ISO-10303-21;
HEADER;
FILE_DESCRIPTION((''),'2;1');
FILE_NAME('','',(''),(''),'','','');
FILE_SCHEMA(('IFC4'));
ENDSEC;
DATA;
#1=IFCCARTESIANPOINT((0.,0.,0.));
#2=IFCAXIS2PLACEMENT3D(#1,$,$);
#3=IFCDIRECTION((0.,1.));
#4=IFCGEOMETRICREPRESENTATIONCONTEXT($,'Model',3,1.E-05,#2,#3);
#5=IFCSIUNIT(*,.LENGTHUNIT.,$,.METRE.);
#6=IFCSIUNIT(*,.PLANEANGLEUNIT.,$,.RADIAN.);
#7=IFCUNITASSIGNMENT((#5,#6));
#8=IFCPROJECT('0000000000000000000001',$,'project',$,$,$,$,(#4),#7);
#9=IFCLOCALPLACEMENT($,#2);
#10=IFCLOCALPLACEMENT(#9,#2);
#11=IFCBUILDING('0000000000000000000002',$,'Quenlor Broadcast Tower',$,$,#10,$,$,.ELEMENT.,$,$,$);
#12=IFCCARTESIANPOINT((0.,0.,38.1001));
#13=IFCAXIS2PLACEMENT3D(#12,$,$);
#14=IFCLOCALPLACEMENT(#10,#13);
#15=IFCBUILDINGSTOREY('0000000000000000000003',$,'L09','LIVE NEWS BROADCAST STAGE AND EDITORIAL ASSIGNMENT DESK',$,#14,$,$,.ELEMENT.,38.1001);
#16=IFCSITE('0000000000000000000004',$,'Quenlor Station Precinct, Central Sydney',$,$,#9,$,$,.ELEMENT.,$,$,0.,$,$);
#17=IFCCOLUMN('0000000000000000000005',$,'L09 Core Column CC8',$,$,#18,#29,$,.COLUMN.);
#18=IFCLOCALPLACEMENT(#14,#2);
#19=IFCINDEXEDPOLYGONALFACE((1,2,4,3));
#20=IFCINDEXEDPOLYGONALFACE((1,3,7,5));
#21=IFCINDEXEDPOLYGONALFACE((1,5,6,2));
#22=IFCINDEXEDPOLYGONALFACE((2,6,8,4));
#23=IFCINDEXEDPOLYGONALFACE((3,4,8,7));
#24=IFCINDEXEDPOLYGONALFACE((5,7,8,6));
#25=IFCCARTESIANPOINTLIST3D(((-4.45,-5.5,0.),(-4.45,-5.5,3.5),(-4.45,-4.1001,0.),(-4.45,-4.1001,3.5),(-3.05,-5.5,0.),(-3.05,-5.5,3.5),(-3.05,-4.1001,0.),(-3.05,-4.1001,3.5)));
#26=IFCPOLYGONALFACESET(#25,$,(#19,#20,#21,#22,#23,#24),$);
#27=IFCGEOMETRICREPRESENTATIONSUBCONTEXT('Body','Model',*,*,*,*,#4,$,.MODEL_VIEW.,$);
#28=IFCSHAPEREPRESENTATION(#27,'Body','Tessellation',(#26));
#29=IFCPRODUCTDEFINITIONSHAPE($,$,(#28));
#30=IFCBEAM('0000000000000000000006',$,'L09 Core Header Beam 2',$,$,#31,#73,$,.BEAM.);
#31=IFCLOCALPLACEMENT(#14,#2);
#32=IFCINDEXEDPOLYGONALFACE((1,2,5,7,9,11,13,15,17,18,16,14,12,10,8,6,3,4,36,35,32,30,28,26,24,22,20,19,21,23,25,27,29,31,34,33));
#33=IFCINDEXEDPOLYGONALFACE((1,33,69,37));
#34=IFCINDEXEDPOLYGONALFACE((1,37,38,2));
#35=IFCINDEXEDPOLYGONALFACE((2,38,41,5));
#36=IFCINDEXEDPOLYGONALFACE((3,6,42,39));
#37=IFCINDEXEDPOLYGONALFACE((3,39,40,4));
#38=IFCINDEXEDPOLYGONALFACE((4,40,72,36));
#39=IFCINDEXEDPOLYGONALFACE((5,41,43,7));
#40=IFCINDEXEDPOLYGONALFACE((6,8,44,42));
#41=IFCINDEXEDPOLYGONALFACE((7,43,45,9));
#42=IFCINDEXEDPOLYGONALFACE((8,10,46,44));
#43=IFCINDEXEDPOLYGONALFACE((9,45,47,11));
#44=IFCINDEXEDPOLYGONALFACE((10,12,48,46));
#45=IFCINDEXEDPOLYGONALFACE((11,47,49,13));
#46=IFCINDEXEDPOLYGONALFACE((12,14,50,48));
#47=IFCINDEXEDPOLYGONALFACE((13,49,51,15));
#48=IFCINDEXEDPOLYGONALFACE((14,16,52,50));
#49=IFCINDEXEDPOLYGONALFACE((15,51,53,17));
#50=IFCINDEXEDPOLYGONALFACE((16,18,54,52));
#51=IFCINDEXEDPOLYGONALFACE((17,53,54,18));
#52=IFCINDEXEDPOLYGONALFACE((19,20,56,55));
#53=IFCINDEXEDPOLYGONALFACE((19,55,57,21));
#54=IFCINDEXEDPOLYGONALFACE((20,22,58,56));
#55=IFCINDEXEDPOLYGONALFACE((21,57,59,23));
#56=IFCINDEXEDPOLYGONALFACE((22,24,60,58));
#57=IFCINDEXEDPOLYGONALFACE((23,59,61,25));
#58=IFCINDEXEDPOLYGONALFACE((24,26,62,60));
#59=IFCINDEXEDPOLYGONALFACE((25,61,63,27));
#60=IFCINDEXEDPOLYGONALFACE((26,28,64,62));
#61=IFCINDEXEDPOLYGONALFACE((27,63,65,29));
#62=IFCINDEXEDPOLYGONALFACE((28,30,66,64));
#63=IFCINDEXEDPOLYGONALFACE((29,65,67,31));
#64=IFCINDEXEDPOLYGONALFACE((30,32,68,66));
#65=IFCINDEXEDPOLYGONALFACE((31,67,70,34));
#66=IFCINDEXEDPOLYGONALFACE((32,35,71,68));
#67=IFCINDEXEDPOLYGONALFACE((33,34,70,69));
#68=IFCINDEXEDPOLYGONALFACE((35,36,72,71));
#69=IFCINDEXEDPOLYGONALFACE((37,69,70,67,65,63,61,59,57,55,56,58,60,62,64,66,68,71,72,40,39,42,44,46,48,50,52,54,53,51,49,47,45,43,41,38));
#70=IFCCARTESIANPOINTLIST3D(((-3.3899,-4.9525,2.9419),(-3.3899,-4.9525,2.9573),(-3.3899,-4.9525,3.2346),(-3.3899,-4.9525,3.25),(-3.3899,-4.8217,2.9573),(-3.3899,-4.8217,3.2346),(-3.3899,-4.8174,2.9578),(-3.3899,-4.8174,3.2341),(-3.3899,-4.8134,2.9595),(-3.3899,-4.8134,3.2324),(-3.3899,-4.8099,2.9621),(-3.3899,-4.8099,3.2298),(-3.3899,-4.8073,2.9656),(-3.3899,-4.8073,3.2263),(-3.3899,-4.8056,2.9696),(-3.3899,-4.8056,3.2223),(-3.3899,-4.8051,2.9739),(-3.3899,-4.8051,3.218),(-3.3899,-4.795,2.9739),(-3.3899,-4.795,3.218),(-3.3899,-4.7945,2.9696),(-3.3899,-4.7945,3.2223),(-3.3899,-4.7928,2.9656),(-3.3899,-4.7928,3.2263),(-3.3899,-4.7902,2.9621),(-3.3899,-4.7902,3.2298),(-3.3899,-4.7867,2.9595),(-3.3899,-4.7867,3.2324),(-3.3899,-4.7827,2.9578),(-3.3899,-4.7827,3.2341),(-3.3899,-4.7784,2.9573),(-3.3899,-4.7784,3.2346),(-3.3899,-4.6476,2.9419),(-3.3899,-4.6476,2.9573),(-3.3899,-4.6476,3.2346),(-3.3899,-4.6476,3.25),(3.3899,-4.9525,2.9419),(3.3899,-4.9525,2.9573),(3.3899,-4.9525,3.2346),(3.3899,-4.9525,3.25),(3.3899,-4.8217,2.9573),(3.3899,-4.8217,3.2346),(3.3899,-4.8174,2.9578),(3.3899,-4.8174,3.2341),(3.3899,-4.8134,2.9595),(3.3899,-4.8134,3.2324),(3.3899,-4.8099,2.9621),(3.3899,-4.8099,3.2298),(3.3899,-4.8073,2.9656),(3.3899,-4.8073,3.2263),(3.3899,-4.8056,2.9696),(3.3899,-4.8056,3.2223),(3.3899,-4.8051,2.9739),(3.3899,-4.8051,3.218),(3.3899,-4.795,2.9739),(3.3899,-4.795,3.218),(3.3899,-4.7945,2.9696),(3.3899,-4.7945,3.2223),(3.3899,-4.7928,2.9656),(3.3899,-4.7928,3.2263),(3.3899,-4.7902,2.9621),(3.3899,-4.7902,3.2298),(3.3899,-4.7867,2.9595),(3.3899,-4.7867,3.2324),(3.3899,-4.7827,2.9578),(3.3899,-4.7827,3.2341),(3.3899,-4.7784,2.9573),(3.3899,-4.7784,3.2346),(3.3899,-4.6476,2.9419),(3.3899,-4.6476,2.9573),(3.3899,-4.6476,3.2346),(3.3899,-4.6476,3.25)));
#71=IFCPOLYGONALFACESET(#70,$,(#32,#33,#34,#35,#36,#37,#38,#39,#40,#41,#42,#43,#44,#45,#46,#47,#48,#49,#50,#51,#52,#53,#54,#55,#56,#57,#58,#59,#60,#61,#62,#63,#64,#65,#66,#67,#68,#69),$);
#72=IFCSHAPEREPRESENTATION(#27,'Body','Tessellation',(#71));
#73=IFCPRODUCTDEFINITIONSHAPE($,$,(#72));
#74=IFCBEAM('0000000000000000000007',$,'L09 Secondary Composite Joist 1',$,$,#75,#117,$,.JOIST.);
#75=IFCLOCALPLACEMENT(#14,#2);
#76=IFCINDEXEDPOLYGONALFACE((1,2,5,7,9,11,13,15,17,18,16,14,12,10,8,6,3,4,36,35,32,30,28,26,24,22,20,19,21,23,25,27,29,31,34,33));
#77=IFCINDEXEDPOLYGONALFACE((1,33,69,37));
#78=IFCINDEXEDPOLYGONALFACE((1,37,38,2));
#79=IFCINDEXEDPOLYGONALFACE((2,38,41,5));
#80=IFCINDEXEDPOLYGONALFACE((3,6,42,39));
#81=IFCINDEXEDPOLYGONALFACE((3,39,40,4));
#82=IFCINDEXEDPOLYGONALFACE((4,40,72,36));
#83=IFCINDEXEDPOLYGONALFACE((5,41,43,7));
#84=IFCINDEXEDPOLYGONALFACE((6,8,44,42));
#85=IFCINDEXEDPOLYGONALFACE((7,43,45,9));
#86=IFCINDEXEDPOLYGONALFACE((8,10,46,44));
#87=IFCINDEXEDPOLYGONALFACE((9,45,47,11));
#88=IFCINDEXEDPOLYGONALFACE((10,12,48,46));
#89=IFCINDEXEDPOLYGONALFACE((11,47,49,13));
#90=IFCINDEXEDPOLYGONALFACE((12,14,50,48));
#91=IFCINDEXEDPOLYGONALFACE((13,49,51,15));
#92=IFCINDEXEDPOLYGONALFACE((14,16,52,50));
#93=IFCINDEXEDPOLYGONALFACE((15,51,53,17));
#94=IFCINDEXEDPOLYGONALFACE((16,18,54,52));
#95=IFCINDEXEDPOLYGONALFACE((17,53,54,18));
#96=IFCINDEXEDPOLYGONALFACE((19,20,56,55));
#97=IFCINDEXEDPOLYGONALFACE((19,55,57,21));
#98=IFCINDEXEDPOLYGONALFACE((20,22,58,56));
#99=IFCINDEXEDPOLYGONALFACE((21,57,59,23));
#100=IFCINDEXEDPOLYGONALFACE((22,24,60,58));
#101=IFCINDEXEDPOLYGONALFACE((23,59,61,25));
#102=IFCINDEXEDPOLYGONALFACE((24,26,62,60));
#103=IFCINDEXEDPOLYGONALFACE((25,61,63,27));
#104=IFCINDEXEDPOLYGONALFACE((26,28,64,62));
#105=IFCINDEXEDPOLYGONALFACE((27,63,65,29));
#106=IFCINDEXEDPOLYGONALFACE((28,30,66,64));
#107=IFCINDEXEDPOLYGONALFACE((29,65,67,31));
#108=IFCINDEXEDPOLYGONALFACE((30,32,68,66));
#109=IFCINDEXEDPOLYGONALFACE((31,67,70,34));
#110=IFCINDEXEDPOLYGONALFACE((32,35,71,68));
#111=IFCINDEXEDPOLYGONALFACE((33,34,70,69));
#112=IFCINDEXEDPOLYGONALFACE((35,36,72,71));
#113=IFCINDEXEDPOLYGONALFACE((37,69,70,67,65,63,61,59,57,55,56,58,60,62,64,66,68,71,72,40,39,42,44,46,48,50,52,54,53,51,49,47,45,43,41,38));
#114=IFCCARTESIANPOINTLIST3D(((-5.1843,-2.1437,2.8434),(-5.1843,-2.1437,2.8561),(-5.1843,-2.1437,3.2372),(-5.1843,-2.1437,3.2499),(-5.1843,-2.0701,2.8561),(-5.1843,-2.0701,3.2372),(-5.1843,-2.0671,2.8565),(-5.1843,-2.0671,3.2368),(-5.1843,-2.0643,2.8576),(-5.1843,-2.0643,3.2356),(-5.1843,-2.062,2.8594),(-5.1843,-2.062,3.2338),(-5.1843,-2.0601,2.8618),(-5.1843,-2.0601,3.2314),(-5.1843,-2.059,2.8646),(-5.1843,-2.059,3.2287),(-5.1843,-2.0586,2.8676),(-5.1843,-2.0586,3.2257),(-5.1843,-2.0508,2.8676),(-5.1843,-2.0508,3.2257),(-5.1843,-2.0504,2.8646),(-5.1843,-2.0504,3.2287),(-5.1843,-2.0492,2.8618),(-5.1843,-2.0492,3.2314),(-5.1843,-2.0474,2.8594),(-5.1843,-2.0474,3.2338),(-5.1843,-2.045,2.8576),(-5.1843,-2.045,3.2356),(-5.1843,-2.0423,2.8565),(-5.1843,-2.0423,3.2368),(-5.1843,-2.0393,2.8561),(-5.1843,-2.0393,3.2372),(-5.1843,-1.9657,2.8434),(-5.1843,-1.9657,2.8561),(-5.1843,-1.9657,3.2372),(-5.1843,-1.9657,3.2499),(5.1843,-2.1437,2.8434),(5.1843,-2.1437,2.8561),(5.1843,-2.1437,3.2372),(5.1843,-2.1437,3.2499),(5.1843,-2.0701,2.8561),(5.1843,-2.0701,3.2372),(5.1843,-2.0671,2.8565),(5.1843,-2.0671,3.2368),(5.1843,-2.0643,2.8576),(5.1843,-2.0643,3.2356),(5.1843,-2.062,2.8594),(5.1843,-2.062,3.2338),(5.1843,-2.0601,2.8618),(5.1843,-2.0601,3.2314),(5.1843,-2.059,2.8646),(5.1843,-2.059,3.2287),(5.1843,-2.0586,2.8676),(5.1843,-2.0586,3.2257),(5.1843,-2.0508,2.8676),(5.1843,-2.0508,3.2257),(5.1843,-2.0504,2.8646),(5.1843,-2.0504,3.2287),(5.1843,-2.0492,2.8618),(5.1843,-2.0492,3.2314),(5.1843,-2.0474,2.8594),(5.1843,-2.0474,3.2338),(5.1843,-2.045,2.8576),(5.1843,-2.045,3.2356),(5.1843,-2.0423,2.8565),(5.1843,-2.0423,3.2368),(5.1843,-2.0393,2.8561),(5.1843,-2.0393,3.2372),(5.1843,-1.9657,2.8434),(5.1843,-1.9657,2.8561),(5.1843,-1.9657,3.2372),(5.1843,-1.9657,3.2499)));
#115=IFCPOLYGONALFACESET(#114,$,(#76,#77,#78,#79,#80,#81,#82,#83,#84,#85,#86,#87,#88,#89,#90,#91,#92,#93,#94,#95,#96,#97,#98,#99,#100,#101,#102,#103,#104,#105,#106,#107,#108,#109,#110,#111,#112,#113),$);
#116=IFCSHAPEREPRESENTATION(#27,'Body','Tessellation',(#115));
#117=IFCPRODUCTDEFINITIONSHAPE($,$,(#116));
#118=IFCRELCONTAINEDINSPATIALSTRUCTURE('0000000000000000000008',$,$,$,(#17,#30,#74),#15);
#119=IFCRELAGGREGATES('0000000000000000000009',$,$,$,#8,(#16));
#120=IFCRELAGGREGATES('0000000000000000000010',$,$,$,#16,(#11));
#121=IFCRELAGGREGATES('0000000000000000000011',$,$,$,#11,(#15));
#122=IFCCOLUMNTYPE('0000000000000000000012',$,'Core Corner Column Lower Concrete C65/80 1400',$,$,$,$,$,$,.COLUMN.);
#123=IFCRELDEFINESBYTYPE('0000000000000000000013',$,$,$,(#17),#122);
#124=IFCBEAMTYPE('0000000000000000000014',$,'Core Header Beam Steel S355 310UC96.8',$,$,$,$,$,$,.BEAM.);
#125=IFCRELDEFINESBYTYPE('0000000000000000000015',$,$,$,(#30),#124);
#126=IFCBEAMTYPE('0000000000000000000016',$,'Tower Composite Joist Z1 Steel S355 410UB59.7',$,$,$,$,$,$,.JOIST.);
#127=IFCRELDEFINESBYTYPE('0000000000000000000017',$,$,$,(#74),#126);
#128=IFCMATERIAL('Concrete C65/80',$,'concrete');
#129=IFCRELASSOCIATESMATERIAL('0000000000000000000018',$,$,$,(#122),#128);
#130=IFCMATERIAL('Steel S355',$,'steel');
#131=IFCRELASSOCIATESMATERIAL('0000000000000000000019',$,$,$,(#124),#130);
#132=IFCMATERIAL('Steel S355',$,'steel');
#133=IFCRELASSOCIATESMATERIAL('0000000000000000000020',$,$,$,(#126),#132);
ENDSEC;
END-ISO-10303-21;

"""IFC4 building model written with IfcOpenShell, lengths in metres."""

from ifc_helpers import new_model, si_unit, direction, frame, origin, origin_2d, place, context, subcontext, project, spatial, rectangle, i_section, extrude, material, material_profile, profile_set, type_object, element, save


model = new_model("IFC4")

# Units and contexts
model_context = context("Model", 3, precision=1e-05, world=origin(), true_north=direction((0.0, 1.0)))
body_context = subcontext(model_context, "Body", "Model", "MODEL_VIEW")
ifc_project = project(units=[si_unit("LENGTHUNIT", "METRE"), si_unit("PLANEANGLEUNIT", "RADIAN")], contexts=[model_context])

# Site, building, storey
site_placement = place(None, origin())
site = spatial("IfcSite", under=ifc_project, at=site_placement, Name="Quenlor Station Precinct, Central Sydney", CompositionType="ELEMENT", RefElevation=0.0)
building_placement = place(site_placement, origin())
building = spatial("IfcBuilding", under=site, at=building_placement, Name="Quenlor Broadcast Tower", CompositionType="ELEMENT")
storey_placement = place(building_placement, frame((0.0, 0.0, 38.1001)))
storey = spatial("IfcBuildingStorey", under=building, at=storey_placement, Name="L09", Description="LIVE NEWS BROADCAST STAGE AND EDITORIAL ASSIGNMENT DESK", CompositionType="ELEMENT", Elevation=38.1001)

# Column
ifc_material_1 = material(Name="Concrete C65/80", Category="concrete")
ifc_material_profile_1 = material_profile(ifc_material_1, rectangle(XDim=1.3999, YDim=1.3999, at=origin_2d()))
ifc_profile_set_1 = profile_set([ifc_material_profile_1], Name="Concrete C65/80 RC1400x1400")
column_type = type_object("IfcColumnType", Name="Core Corner Column Lower Concrete C65/80 1400", PredefinedType="COLUMN", material=ifc_profile_set_1)
column_placement = place(storey_placement, frame((-3.75, -4.8, 0.0), z_axis=(0.0, 0.0, 1.0), x_axis=(1.0, 0.0, 0.0)))
element("IfcColumn", 1, at=column_placement, inside=storey, type_object=column_type, Name="L09 Core Column CC8", PredefinedType="COLUMN", context=body_context, shape_type="SweptSolid", body=[
    extrude(rectangle(XDim=1.3999, YDim=1.3999, at=origin_2d()), origin(), (0.0, 0.0, 1.0), 3.5),
])

# Beams
ifc_material_2 = material(Name="Steel S355", Category="steel")
ifc_material_profile_2 = material_profile(ifc_material_2, i_section(OverallWidth=0.3049, OverallDepth=0.3081, WebThickness=0.01, FlangeThickness=0.0154, FilletRadius=0.0166, at=origin_2d()))
ifc_profile_set_2 = profile_set([ifc_material_profile_2], Name="Steel S355 310UC96.8")
beam_type_1 = type_object("IfcBeamType", Name="Core Header Beam Steel S355 310UC96.8", PredefinedType="BEAM", material=ifc_profile_set_2)
beam_1_placement = place(storey_placement, frame((-3.3899, -4.8, 3.0959), z_axis=(1.0, 0.0, 0.0), x_axis=(0.0, 1.0, 0.0)))
element("IfcBeam", 2, at=beam_1_placement, inside=storey, type_object=beam_type_1, Name="L09 Core Header Beam 2", PredefinedType="BEAM", context=body_context, shape_type="SweptSolid", body=[
    extrude(i_section(OverallWidth=0.3049, OverallDepth=0.3081, WebThickness=0.01, FlangeThickness=0.0154, FilletRadius=0.0166, at=origin_2d()), origin(), (0.0, 0.0, 1.0), 6.7798),
])
ifc_material_3 = material(Name="Steel S355", Category="steel")
ifc_material_profile_3 = material_profile(ifc_material_3, i_section(OverallWidth=0.178, OverallDepth=0.4065, WebThickness=0.0078, FlangeThickness=0.0127, FilletRadius=0.0115, at=origin_2d()))
ifc_profile_set_3 = profile_set([ifc_material_profile_3], Name="Steel S355 410UB59.7")
beam_type_2 = type_object("IfcBeamType", Name="Tower Composite Joist Z1 Steel S355 410UB59.7", PredefinedType="JOIST", material=ifc_profile_set_3)
beam_2_placement = place(storey_placement, frame((-5.1843, -2.0547, 3.0466), z_axis=(1.0, 0.0, 0.0), x_axis=(0.0, 1.0, 0.0)))
element("IfcBeam", 3, at=beam_2_placement, inside=storey, type_object=beam_type_2, Name="L09 Secondary Composite Joist 1", PredefinedType="JOIST", context=body_context, shape_type="SweptSolid", body=[
    extrude(i_section(OverallWidth=0.178, OverallDepth=0.4065, WebThickness=0.0078, FlangeThickness=0.0127, FilletRadius=0.0115, at=origin_2d()), origin(), (0.0, 0.0, 1.0), 10.3687),
])

save(model, "model.ifc")
